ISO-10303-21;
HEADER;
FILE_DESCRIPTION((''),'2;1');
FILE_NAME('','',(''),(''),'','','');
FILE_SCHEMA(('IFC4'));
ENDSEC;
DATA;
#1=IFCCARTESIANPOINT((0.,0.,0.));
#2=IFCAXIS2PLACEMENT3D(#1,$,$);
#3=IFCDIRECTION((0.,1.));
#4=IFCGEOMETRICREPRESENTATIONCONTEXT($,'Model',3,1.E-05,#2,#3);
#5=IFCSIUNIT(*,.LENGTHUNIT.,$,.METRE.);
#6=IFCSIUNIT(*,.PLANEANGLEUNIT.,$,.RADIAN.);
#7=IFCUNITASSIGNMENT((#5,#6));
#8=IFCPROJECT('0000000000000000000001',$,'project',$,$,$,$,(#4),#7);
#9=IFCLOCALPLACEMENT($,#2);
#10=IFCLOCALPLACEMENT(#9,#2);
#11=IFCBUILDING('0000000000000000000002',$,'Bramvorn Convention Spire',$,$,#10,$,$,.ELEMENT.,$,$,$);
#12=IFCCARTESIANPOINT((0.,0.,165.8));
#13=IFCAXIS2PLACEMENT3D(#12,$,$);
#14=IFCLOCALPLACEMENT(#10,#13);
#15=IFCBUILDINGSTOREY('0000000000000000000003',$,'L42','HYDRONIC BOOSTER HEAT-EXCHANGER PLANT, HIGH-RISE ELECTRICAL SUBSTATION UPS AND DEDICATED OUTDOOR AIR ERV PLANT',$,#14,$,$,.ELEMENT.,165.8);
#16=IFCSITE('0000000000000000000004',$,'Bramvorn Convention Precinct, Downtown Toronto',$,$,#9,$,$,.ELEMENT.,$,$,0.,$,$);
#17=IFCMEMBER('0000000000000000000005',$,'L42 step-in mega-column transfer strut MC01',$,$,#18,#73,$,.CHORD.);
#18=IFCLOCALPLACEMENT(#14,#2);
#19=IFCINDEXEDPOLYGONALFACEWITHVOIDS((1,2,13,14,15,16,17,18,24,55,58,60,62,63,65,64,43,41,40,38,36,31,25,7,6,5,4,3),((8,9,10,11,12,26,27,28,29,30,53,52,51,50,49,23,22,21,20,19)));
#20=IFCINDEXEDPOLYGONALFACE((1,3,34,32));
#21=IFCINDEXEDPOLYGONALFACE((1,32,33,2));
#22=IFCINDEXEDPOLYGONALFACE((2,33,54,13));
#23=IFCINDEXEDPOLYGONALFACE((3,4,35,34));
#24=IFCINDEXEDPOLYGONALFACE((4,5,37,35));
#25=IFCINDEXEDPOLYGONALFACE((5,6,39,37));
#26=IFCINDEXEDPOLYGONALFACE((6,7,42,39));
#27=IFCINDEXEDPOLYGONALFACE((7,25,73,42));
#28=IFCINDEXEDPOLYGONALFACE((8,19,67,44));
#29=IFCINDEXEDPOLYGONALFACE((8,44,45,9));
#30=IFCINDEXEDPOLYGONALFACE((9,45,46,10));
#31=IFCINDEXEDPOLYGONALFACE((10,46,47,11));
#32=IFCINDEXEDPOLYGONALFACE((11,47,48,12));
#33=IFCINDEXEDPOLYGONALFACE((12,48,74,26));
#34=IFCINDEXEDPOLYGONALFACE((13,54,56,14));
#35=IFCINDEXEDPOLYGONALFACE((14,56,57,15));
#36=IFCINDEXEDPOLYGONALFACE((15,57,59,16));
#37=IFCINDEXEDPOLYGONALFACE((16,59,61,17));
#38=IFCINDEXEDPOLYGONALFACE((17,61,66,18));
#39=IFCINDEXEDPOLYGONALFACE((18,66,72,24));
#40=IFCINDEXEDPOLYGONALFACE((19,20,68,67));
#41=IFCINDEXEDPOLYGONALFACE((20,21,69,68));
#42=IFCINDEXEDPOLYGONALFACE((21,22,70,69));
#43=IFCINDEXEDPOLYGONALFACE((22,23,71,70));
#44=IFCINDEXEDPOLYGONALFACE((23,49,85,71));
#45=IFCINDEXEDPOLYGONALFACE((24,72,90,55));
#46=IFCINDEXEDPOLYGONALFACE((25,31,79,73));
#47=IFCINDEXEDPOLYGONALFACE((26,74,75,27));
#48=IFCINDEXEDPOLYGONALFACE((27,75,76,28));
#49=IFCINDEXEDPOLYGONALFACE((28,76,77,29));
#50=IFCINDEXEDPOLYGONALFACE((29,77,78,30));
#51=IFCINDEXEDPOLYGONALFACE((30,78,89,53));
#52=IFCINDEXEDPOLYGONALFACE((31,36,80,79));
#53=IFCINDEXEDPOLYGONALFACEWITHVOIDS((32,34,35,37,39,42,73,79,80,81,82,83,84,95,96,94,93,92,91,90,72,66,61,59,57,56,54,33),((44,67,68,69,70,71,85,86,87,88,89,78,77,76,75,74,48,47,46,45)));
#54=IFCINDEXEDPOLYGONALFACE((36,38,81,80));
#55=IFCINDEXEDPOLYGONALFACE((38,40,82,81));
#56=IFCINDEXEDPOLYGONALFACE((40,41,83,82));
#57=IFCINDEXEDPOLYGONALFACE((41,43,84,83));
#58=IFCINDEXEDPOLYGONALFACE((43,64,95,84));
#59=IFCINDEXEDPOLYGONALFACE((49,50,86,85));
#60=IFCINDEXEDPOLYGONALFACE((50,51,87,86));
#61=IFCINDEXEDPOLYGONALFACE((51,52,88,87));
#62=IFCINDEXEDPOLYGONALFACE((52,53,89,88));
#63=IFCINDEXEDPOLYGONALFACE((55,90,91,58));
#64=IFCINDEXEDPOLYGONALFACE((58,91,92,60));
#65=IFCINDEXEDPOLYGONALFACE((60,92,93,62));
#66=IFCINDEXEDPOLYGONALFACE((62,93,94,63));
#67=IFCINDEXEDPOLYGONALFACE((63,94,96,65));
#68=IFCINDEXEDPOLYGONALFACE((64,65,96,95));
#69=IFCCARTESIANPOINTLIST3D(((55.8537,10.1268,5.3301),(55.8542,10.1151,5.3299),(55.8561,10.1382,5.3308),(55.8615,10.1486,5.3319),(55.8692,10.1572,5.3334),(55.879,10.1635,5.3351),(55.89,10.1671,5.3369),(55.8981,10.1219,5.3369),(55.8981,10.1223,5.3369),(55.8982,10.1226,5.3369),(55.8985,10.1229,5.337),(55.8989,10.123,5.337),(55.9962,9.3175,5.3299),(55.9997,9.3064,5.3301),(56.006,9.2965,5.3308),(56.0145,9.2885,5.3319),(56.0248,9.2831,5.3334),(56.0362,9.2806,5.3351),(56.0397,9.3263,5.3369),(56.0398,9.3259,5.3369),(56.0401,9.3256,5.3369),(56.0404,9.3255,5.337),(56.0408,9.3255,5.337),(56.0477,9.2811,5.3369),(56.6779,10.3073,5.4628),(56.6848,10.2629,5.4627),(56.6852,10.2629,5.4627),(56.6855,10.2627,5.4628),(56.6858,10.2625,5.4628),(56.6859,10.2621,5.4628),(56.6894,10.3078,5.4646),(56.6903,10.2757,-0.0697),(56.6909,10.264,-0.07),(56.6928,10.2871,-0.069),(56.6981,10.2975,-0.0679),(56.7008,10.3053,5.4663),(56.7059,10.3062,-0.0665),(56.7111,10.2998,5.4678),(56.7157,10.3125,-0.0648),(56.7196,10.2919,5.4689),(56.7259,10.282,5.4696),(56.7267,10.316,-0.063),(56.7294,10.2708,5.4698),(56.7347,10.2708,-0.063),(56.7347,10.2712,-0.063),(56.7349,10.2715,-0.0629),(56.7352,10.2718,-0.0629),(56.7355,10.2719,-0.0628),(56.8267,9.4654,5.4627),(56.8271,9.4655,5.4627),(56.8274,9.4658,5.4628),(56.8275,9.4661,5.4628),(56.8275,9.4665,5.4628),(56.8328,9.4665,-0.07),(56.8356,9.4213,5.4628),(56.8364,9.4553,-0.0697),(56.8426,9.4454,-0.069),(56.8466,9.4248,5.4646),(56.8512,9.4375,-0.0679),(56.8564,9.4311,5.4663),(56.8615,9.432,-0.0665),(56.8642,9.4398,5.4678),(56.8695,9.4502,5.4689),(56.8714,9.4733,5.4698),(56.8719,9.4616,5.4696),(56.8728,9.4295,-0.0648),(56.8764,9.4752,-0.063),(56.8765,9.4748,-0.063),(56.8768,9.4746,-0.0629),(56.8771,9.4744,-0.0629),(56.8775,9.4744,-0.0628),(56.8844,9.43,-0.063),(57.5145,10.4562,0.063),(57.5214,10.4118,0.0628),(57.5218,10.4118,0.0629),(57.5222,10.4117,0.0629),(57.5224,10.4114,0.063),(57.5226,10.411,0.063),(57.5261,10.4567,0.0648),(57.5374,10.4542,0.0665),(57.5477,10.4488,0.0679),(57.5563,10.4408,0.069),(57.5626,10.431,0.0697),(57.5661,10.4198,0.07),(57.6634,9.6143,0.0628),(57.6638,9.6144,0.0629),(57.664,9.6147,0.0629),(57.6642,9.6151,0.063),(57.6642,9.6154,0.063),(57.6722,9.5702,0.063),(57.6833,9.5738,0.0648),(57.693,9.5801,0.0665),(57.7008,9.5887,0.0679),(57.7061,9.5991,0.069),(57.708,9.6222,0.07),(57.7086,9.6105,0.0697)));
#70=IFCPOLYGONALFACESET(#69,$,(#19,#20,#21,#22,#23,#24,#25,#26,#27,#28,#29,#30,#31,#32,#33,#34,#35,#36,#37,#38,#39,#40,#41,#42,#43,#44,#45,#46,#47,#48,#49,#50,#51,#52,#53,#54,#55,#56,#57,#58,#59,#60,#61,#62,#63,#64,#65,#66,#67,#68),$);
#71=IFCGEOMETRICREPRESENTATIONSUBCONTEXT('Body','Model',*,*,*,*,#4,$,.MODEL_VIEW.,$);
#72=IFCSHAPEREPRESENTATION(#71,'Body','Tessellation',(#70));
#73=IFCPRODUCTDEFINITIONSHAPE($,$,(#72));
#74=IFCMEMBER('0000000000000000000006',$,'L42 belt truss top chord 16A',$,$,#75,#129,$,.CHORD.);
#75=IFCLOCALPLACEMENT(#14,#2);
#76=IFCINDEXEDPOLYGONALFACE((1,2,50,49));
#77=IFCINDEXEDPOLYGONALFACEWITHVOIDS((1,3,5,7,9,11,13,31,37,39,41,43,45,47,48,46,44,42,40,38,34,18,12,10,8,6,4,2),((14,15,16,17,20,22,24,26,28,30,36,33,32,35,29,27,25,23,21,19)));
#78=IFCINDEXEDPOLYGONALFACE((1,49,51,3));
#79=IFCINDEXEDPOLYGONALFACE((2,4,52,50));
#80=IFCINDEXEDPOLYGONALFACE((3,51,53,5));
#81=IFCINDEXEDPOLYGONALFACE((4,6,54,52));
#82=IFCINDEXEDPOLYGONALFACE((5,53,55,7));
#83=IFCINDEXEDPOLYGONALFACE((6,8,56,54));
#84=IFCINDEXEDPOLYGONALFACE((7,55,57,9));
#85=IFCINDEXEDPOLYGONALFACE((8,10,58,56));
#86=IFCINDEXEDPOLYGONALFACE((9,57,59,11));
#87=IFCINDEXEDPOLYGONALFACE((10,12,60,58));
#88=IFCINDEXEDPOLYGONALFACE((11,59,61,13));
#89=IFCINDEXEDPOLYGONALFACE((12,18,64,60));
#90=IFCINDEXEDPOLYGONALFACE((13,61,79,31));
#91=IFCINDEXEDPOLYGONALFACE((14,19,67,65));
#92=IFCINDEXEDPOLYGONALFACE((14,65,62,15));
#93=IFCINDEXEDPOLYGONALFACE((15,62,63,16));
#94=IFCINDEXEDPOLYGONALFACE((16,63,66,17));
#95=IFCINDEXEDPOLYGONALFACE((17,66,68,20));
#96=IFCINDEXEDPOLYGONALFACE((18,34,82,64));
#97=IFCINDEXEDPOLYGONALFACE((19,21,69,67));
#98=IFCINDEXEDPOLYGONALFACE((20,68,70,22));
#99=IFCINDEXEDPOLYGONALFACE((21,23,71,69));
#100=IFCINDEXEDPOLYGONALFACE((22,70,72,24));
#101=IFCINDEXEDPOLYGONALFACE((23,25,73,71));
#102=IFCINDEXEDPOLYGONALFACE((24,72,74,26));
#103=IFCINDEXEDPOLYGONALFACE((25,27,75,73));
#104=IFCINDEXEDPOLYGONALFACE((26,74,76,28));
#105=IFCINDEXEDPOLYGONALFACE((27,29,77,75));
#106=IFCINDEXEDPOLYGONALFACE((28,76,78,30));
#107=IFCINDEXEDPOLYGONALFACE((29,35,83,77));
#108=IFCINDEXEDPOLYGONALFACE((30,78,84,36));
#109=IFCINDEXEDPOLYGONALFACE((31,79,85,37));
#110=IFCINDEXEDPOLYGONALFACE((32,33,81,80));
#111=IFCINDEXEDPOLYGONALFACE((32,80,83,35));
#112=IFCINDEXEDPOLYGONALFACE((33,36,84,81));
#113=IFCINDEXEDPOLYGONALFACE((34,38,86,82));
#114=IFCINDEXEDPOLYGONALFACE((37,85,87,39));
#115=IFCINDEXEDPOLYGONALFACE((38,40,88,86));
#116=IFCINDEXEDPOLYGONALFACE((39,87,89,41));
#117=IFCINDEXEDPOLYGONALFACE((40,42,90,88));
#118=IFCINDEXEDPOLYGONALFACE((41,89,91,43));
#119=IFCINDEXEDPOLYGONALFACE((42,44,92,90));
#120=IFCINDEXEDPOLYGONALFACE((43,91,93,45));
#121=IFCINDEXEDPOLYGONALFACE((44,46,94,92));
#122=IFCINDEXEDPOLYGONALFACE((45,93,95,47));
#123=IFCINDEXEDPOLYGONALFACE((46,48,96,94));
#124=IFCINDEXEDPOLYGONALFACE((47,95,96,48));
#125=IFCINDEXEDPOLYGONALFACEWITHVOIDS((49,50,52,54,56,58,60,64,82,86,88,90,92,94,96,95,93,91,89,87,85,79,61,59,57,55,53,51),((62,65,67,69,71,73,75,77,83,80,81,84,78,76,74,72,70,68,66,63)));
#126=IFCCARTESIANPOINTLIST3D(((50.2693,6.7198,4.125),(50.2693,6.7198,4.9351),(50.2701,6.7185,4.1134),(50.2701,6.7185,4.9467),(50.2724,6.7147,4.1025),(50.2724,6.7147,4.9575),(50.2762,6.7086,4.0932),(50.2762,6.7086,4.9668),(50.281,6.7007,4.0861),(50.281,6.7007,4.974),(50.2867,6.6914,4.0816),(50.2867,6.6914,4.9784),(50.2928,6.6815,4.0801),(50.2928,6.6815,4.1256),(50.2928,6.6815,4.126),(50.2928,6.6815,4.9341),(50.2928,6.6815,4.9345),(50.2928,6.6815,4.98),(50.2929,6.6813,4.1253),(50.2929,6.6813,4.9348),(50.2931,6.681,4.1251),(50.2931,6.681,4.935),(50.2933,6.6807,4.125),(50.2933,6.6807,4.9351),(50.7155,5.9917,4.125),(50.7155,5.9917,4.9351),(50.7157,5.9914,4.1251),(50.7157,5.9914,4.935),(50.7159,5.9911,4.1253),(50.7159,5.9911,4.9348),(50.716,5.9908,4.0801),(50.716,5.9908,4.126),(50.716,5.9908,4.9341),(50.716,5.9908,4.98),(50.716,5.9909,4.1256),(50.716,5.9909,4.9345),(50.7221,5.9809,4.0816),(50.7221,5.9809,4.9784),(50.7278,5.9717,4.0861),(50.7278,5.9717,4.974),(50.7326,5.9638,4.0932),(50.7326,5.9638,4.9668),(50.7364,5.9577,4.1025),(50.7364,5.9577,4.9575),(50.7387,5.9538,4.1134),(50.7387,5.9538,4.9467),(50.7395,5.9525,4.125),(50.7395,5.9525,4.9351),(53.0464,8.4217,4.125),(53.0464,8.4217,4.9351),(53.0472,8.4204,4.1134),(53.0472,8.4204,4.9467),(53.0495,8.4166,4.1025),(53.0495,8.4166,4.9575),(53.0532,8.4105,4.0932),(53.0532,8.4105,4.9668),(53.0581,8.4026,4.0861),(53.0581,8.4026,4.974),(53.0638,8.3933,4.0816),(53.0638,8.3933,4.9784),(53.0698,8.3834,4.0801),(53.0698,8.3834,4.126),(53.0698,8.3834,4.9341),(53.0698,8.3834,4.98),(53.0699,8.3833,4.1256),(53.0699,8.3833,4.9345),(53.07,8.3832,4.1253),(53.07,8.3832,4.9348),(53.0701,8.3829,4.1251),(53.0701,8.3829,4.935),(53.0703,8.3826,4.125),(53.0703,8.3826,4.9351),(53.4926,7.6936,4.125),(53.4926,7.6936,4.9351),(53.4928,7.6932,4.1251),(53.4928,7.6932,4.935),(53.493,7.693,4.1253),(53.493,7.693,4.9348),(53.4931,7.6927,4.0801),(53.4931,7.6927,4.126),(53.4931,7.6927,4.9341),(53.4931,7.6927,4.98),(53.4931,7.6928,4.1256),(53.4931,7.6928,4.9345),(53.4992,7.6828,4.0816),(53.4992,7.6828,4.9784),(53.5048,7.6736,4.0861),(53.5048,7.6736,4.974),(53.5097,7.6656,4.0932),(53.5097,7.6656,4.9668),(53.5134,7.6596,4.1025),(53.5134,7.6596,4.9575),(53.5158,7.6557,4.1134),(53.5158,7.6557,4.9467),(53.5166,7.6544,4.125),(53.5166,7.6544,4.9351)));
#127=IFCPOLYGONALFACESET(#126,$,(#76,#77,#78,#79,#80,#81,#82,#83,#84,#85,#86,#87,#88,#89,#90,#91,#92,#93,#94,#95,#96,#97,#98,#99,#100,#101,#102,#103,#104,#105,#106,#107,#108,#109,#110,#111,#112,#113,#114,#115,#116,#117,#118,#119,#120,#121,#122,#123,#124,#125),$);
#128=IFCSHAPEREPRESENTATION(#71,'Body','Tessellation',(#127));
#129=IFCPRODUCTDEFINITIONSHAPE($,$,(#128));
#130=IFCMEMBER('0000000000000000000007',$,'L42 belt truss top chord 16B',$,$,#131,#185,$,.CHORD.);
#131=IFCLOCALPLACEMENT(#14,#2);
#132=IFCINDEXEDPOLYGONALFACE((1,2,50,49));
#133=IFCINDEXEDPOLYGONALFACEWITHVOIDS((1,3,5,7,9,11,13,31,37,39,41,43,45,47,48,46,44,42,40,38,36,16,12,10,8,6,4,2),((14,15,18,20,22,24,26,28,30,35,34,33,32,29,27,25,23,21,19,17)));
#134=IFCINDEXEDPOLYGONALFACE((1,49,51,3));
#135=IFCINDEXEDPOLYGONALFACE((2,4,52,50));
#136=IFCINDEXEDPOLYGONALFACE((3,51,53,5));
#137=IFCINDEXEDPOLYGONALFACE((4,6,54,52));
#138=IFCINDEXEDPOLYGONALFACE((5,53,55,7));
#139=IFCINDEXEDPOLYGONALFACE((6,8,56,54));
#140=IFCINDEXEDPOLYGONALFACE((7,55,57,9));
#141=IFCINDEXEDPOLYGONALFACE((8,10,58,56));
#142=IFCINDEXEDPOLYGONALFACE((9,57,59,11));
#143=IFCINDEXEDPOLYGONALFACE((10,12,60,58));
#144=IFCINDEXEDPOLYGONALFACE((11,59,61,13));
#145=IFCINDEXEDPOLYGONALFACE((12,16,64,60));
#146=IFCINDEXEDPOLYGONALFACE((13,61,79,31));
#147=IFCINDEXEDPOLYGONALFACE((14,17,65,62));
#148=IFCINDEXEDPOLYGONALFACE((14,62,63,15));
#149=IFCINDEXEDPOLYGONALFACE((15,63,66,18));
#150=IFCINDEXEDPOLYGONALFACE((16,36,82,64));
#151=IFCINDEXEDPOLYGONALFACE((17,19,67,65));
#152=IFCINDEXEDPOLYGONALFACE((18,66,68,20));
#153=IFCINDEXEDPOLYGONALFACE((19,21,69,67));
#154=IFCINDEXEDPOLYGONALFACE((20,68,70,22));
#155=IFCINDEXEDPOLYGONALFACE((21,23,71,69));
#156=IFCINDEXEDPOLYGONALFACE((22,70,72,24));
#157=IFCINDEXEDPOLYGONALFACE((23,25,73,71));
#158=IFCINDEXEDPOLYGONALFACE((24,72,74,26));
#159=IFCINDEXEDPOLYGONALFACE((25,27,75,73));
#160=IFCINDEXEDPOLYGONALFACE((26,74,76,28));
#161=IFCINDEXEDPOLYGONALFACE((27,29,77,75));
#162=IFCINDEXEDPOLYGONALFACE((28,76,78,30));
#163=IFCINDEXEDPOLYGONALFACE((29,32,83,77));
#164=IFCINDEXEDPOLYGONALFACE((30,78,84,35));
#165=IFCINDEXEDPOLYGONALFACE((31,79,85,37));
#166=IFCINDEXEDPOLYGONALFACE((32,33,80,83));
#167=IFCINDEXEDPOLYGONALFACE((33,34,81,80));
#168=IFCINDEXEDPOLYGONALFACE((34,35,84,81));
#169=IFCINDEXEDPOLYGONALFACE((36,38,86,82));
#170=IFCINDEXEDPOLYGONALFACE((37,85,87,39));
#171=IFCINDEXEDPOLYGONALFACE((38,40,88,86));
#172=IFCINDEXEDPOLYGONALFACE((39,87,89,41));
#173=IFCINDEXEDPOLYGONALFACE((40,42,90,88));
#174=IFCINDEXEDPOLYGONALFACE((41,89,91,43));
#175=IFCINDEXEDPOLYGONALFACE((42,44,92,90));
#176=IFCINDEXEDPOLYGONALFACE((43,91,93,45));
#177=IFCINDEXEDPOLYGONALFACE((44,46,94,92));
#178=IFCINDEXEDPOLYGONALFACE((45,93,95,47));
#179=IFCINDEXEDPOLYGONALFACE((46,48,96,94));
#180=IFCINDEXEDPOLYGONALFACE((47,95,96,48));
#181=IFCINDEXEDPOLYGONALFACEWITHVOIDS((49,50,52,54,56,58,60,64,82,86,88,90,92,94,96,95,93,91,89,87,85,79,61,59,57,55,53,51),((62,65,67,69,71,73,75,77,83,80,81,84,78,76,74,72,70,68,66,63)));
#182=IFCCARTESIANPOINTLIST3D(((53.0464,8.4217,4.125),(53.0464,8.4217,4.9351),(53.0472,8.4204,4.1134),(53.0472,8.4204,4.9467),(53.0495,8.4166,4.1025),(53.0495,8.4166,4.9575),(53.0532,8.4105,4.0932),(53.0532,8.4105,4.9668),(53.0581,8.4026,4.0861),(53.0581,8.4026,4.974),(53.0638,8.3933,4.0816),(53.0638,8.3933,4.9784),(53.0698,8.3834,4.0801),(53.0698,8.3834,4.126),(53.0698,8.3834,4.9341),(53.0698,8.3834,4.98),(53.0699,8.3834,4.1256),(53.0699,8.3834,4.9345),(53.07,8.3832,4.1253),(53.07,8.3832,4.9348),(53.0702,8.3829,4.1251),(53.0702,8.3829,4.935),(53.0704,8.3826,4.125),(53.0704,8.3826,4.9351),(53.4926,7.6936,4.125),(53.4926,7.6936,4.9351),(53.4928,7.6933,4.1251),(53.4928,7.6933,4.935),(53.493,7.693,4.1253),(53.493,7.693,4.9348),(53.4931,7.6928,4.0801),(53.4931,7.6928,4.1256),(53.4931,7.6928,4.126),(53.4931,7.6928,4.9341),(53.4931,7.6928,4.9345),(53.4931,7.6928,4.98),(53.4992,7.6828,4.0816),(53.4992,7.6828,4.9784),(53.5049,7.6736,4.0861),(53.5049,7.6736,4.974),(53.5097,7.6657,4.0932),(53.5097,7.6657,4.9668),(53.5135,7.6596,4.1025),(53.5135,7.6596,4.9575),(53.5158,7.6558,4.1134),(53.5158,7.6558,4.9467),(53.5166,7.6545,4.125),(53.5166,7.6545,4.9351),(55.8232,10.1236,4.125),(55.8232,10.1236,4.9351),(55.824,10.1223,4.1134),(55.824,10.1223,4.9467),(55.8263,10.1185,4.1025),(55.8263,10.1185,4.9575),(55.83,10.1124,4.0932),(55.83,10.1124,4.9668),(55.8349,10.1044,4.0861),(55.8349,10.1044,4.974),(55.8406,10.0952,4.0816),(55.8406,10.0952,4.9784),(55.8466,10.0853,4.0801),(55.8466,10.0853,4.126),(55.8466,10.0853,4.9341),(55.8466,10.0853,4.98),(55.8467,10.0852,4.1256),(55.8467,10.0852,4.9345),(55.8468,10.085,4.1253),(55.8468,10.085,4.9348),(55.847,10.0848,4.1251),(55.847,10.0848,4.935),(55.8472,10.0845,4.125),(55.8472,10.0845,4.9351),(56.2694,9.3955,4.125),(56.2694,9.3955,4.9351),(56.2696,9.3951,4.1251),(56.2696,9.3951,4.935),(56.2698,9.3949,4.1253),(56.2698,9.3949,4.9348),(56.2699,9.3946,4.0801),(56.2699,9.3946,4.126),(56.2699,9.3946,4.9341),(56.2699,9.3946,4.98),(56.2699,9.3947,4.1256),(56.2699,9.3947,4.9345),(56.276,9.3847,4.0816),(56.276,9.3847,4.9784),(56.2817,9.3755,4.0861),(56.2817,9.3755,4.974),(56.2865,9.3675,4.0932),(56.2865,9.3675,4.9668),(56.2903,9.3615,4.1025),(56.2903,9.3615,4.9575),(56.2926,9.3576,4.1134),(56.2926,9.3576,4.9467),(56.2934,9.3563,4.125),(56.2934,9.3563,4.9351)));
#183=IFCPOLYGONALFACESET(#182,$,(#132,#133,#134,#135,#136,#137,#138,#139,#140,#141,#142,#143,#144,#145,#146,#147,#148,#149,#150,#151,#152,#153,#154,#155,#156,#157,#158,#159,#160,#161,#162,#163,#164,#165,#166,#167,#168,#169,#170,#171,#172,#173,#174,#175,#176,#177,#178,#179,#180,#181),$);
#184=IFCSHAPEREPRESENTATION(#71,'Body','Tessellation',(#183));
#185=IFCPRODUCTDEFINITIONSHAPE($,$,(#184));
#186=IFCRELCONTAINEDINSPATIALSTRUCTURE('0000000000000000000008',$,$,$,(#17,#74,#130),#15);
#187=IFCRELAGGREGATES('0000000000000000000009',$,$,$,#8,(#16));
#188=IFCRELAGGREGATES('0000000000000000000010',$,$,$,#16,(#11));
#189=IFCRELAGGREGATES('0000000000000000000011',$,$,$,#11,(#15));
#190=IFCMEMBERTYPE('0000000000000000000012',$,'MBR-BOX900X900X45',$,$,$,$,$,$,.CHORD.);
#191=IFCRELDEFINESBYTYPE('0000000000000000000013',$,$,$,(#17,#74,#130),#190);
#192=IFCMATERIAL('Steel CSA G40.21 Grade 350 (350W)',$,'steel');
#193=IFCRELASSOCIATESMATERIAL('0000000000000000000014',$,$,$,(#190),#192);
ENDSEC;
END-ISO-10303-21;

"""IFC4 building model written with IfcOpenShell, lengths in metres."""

from ifc_helpers import new_model, si_unit, direction, frame, origin, origin_2d, place, context, subcontext, project, spatial, hollow_rectangle, extrude, material, material_profile, profile_set, type_object, element, save


model = new_model("IFC4")

# Units and contexts
model_context = context("Model", 3, precision=1e-05, world=origin(), true_north=direction((0.0, 1.0)))
body_context = subcontext(model_context, "Body", "Model", "MODEL_VIEW")
ifc_project = project(units=[si_unit("LENGTHUNIT", "METRE"), si_unit("PLANEANGLEUNIT", "RADIAN")], contexts=[model_context])

# Site, building, storey
site_placement = place(None, origin())
site = spatial("IfcSite", under=ifc_project, at=site_placement, Name="Bramvorn Convention Precinct, Downtown Toronto", CompositionType="ELEMENT", RefElevation=0.0)
building_placement = place(site_placement, origin())
building = spatial("IfcBuilding", under=site, at=building_placement, Name="Bramvorn Convention Spire", CompositionType="ELEMENT")
storey_placement = place(building_placement, frame((0.0, 0.0, 165.8)))
storey = spatial("IfcBuildingStorey", under=building, at=storey_placement, Name="L42", Description="HYDRONIC BOOSTER HEAT-EXCHANGER PLANT, HIGH-RISE ELECTRICAL SUBSTATION UPS AND DEDICATED OUTDOOR AIR ERV PLANT", CompositionType="ELEMENT", Elevation=165.8)

# Shared definitions
ifc_material_1 = material(Name="Steel CSA G40.21 Grade 350 (350W)", Category="steel")

# Members
ifc_material_profile_1 = material_profile(ifc_material_1, hollow_rectangle(XDim=0.8999, YDim=0.8999, WallThickness=0.0449, InnerFilletRadius=0.001, OuterFilletRadius=0.0449, at=origin_2d()))
ifc_profile_set_1 = profile_set([ifc_material_profile_1], Name="Steel CSA G40.21 Grade 350 (350W) - BOX900X900X45")
member_type_1 = type_object("IfcMemberType", Name="MBR-BOX900X900X45", PredefinedType="CHORD", material=ifc_profile_set_1)
member_1_placement = place(storey_placement, frame((57.1995, 9.9431, 0.0), z_axis=(-0.153058, -0.027244, 0.987842), x_axis=(0.175244, -0.984525, 0.0)))
element("IfcMember", 1, at=member_1_placement, inside=storey, type_object=member_type_1, Name="L42 step-in mega-column transfer strut MC01", PredefinedType="CHORD", context=body_context, shape_type="SweptSolid", body=[
    extrude(hollow_rectangle(XDim=0.8999, YDim=0.8999, WallThickness=0.0449, InnerFilletRadius=0.001, OuterFilletRadius=0.0449, at=origin_2d()), origin(), (0.0, 0.0, 1.0), 5.4663),
])
member_2_placement = place(storey_placement, frame((50.5044, 6.3362, 4.53), z_axis=(0.852627, 0.52252, 0.0), x_axis=(-0.52252, 0.852627, 0.0)))
element("IfcMember", 2, at=member_2_placement, inside=storey, type_object=member_type_1, Name="L42 belt truss top chord 16A", PredefinedType="CHORD", context=body_context, shape_type="SweptSolid", body=[
    extrude(hollow_rectangle(XDim=0.8999, YDim=0.8999, WallThickness=0.0449, InnerFilletRadius=0.001, OuterFilletRadius=0.0449, at=origin_2d()), origin(), (0.0, 0.0, 1.0), 3.2571),
])
member_3_placement = place(storey_placement, frame((53.2815, 8.0381, 4.53), z_axis=(0.852607, 0.522553, 0.0), x_axis=(-0.522553, 0.852607, 0.0)))
element("IfcMember", 3, at=member_3_placement, inside=storey, type_object=member_type_1, Name="L42 belt truss top chord 16B", PredefinedType="CHORD", context=body_context, shape_type="SweptSolid", body=[
    extrude(hollow_rectangle(XDim=0.8999, YDim=0.8999, WallThickness=0.0449, InnerFilletRadius=0.001, OuterFilletRadius=0.0449, at=origin_2d()), origin(), (0.0, 0.0, 1.0), 3.2568),
])

save(model, "model.ifc")
